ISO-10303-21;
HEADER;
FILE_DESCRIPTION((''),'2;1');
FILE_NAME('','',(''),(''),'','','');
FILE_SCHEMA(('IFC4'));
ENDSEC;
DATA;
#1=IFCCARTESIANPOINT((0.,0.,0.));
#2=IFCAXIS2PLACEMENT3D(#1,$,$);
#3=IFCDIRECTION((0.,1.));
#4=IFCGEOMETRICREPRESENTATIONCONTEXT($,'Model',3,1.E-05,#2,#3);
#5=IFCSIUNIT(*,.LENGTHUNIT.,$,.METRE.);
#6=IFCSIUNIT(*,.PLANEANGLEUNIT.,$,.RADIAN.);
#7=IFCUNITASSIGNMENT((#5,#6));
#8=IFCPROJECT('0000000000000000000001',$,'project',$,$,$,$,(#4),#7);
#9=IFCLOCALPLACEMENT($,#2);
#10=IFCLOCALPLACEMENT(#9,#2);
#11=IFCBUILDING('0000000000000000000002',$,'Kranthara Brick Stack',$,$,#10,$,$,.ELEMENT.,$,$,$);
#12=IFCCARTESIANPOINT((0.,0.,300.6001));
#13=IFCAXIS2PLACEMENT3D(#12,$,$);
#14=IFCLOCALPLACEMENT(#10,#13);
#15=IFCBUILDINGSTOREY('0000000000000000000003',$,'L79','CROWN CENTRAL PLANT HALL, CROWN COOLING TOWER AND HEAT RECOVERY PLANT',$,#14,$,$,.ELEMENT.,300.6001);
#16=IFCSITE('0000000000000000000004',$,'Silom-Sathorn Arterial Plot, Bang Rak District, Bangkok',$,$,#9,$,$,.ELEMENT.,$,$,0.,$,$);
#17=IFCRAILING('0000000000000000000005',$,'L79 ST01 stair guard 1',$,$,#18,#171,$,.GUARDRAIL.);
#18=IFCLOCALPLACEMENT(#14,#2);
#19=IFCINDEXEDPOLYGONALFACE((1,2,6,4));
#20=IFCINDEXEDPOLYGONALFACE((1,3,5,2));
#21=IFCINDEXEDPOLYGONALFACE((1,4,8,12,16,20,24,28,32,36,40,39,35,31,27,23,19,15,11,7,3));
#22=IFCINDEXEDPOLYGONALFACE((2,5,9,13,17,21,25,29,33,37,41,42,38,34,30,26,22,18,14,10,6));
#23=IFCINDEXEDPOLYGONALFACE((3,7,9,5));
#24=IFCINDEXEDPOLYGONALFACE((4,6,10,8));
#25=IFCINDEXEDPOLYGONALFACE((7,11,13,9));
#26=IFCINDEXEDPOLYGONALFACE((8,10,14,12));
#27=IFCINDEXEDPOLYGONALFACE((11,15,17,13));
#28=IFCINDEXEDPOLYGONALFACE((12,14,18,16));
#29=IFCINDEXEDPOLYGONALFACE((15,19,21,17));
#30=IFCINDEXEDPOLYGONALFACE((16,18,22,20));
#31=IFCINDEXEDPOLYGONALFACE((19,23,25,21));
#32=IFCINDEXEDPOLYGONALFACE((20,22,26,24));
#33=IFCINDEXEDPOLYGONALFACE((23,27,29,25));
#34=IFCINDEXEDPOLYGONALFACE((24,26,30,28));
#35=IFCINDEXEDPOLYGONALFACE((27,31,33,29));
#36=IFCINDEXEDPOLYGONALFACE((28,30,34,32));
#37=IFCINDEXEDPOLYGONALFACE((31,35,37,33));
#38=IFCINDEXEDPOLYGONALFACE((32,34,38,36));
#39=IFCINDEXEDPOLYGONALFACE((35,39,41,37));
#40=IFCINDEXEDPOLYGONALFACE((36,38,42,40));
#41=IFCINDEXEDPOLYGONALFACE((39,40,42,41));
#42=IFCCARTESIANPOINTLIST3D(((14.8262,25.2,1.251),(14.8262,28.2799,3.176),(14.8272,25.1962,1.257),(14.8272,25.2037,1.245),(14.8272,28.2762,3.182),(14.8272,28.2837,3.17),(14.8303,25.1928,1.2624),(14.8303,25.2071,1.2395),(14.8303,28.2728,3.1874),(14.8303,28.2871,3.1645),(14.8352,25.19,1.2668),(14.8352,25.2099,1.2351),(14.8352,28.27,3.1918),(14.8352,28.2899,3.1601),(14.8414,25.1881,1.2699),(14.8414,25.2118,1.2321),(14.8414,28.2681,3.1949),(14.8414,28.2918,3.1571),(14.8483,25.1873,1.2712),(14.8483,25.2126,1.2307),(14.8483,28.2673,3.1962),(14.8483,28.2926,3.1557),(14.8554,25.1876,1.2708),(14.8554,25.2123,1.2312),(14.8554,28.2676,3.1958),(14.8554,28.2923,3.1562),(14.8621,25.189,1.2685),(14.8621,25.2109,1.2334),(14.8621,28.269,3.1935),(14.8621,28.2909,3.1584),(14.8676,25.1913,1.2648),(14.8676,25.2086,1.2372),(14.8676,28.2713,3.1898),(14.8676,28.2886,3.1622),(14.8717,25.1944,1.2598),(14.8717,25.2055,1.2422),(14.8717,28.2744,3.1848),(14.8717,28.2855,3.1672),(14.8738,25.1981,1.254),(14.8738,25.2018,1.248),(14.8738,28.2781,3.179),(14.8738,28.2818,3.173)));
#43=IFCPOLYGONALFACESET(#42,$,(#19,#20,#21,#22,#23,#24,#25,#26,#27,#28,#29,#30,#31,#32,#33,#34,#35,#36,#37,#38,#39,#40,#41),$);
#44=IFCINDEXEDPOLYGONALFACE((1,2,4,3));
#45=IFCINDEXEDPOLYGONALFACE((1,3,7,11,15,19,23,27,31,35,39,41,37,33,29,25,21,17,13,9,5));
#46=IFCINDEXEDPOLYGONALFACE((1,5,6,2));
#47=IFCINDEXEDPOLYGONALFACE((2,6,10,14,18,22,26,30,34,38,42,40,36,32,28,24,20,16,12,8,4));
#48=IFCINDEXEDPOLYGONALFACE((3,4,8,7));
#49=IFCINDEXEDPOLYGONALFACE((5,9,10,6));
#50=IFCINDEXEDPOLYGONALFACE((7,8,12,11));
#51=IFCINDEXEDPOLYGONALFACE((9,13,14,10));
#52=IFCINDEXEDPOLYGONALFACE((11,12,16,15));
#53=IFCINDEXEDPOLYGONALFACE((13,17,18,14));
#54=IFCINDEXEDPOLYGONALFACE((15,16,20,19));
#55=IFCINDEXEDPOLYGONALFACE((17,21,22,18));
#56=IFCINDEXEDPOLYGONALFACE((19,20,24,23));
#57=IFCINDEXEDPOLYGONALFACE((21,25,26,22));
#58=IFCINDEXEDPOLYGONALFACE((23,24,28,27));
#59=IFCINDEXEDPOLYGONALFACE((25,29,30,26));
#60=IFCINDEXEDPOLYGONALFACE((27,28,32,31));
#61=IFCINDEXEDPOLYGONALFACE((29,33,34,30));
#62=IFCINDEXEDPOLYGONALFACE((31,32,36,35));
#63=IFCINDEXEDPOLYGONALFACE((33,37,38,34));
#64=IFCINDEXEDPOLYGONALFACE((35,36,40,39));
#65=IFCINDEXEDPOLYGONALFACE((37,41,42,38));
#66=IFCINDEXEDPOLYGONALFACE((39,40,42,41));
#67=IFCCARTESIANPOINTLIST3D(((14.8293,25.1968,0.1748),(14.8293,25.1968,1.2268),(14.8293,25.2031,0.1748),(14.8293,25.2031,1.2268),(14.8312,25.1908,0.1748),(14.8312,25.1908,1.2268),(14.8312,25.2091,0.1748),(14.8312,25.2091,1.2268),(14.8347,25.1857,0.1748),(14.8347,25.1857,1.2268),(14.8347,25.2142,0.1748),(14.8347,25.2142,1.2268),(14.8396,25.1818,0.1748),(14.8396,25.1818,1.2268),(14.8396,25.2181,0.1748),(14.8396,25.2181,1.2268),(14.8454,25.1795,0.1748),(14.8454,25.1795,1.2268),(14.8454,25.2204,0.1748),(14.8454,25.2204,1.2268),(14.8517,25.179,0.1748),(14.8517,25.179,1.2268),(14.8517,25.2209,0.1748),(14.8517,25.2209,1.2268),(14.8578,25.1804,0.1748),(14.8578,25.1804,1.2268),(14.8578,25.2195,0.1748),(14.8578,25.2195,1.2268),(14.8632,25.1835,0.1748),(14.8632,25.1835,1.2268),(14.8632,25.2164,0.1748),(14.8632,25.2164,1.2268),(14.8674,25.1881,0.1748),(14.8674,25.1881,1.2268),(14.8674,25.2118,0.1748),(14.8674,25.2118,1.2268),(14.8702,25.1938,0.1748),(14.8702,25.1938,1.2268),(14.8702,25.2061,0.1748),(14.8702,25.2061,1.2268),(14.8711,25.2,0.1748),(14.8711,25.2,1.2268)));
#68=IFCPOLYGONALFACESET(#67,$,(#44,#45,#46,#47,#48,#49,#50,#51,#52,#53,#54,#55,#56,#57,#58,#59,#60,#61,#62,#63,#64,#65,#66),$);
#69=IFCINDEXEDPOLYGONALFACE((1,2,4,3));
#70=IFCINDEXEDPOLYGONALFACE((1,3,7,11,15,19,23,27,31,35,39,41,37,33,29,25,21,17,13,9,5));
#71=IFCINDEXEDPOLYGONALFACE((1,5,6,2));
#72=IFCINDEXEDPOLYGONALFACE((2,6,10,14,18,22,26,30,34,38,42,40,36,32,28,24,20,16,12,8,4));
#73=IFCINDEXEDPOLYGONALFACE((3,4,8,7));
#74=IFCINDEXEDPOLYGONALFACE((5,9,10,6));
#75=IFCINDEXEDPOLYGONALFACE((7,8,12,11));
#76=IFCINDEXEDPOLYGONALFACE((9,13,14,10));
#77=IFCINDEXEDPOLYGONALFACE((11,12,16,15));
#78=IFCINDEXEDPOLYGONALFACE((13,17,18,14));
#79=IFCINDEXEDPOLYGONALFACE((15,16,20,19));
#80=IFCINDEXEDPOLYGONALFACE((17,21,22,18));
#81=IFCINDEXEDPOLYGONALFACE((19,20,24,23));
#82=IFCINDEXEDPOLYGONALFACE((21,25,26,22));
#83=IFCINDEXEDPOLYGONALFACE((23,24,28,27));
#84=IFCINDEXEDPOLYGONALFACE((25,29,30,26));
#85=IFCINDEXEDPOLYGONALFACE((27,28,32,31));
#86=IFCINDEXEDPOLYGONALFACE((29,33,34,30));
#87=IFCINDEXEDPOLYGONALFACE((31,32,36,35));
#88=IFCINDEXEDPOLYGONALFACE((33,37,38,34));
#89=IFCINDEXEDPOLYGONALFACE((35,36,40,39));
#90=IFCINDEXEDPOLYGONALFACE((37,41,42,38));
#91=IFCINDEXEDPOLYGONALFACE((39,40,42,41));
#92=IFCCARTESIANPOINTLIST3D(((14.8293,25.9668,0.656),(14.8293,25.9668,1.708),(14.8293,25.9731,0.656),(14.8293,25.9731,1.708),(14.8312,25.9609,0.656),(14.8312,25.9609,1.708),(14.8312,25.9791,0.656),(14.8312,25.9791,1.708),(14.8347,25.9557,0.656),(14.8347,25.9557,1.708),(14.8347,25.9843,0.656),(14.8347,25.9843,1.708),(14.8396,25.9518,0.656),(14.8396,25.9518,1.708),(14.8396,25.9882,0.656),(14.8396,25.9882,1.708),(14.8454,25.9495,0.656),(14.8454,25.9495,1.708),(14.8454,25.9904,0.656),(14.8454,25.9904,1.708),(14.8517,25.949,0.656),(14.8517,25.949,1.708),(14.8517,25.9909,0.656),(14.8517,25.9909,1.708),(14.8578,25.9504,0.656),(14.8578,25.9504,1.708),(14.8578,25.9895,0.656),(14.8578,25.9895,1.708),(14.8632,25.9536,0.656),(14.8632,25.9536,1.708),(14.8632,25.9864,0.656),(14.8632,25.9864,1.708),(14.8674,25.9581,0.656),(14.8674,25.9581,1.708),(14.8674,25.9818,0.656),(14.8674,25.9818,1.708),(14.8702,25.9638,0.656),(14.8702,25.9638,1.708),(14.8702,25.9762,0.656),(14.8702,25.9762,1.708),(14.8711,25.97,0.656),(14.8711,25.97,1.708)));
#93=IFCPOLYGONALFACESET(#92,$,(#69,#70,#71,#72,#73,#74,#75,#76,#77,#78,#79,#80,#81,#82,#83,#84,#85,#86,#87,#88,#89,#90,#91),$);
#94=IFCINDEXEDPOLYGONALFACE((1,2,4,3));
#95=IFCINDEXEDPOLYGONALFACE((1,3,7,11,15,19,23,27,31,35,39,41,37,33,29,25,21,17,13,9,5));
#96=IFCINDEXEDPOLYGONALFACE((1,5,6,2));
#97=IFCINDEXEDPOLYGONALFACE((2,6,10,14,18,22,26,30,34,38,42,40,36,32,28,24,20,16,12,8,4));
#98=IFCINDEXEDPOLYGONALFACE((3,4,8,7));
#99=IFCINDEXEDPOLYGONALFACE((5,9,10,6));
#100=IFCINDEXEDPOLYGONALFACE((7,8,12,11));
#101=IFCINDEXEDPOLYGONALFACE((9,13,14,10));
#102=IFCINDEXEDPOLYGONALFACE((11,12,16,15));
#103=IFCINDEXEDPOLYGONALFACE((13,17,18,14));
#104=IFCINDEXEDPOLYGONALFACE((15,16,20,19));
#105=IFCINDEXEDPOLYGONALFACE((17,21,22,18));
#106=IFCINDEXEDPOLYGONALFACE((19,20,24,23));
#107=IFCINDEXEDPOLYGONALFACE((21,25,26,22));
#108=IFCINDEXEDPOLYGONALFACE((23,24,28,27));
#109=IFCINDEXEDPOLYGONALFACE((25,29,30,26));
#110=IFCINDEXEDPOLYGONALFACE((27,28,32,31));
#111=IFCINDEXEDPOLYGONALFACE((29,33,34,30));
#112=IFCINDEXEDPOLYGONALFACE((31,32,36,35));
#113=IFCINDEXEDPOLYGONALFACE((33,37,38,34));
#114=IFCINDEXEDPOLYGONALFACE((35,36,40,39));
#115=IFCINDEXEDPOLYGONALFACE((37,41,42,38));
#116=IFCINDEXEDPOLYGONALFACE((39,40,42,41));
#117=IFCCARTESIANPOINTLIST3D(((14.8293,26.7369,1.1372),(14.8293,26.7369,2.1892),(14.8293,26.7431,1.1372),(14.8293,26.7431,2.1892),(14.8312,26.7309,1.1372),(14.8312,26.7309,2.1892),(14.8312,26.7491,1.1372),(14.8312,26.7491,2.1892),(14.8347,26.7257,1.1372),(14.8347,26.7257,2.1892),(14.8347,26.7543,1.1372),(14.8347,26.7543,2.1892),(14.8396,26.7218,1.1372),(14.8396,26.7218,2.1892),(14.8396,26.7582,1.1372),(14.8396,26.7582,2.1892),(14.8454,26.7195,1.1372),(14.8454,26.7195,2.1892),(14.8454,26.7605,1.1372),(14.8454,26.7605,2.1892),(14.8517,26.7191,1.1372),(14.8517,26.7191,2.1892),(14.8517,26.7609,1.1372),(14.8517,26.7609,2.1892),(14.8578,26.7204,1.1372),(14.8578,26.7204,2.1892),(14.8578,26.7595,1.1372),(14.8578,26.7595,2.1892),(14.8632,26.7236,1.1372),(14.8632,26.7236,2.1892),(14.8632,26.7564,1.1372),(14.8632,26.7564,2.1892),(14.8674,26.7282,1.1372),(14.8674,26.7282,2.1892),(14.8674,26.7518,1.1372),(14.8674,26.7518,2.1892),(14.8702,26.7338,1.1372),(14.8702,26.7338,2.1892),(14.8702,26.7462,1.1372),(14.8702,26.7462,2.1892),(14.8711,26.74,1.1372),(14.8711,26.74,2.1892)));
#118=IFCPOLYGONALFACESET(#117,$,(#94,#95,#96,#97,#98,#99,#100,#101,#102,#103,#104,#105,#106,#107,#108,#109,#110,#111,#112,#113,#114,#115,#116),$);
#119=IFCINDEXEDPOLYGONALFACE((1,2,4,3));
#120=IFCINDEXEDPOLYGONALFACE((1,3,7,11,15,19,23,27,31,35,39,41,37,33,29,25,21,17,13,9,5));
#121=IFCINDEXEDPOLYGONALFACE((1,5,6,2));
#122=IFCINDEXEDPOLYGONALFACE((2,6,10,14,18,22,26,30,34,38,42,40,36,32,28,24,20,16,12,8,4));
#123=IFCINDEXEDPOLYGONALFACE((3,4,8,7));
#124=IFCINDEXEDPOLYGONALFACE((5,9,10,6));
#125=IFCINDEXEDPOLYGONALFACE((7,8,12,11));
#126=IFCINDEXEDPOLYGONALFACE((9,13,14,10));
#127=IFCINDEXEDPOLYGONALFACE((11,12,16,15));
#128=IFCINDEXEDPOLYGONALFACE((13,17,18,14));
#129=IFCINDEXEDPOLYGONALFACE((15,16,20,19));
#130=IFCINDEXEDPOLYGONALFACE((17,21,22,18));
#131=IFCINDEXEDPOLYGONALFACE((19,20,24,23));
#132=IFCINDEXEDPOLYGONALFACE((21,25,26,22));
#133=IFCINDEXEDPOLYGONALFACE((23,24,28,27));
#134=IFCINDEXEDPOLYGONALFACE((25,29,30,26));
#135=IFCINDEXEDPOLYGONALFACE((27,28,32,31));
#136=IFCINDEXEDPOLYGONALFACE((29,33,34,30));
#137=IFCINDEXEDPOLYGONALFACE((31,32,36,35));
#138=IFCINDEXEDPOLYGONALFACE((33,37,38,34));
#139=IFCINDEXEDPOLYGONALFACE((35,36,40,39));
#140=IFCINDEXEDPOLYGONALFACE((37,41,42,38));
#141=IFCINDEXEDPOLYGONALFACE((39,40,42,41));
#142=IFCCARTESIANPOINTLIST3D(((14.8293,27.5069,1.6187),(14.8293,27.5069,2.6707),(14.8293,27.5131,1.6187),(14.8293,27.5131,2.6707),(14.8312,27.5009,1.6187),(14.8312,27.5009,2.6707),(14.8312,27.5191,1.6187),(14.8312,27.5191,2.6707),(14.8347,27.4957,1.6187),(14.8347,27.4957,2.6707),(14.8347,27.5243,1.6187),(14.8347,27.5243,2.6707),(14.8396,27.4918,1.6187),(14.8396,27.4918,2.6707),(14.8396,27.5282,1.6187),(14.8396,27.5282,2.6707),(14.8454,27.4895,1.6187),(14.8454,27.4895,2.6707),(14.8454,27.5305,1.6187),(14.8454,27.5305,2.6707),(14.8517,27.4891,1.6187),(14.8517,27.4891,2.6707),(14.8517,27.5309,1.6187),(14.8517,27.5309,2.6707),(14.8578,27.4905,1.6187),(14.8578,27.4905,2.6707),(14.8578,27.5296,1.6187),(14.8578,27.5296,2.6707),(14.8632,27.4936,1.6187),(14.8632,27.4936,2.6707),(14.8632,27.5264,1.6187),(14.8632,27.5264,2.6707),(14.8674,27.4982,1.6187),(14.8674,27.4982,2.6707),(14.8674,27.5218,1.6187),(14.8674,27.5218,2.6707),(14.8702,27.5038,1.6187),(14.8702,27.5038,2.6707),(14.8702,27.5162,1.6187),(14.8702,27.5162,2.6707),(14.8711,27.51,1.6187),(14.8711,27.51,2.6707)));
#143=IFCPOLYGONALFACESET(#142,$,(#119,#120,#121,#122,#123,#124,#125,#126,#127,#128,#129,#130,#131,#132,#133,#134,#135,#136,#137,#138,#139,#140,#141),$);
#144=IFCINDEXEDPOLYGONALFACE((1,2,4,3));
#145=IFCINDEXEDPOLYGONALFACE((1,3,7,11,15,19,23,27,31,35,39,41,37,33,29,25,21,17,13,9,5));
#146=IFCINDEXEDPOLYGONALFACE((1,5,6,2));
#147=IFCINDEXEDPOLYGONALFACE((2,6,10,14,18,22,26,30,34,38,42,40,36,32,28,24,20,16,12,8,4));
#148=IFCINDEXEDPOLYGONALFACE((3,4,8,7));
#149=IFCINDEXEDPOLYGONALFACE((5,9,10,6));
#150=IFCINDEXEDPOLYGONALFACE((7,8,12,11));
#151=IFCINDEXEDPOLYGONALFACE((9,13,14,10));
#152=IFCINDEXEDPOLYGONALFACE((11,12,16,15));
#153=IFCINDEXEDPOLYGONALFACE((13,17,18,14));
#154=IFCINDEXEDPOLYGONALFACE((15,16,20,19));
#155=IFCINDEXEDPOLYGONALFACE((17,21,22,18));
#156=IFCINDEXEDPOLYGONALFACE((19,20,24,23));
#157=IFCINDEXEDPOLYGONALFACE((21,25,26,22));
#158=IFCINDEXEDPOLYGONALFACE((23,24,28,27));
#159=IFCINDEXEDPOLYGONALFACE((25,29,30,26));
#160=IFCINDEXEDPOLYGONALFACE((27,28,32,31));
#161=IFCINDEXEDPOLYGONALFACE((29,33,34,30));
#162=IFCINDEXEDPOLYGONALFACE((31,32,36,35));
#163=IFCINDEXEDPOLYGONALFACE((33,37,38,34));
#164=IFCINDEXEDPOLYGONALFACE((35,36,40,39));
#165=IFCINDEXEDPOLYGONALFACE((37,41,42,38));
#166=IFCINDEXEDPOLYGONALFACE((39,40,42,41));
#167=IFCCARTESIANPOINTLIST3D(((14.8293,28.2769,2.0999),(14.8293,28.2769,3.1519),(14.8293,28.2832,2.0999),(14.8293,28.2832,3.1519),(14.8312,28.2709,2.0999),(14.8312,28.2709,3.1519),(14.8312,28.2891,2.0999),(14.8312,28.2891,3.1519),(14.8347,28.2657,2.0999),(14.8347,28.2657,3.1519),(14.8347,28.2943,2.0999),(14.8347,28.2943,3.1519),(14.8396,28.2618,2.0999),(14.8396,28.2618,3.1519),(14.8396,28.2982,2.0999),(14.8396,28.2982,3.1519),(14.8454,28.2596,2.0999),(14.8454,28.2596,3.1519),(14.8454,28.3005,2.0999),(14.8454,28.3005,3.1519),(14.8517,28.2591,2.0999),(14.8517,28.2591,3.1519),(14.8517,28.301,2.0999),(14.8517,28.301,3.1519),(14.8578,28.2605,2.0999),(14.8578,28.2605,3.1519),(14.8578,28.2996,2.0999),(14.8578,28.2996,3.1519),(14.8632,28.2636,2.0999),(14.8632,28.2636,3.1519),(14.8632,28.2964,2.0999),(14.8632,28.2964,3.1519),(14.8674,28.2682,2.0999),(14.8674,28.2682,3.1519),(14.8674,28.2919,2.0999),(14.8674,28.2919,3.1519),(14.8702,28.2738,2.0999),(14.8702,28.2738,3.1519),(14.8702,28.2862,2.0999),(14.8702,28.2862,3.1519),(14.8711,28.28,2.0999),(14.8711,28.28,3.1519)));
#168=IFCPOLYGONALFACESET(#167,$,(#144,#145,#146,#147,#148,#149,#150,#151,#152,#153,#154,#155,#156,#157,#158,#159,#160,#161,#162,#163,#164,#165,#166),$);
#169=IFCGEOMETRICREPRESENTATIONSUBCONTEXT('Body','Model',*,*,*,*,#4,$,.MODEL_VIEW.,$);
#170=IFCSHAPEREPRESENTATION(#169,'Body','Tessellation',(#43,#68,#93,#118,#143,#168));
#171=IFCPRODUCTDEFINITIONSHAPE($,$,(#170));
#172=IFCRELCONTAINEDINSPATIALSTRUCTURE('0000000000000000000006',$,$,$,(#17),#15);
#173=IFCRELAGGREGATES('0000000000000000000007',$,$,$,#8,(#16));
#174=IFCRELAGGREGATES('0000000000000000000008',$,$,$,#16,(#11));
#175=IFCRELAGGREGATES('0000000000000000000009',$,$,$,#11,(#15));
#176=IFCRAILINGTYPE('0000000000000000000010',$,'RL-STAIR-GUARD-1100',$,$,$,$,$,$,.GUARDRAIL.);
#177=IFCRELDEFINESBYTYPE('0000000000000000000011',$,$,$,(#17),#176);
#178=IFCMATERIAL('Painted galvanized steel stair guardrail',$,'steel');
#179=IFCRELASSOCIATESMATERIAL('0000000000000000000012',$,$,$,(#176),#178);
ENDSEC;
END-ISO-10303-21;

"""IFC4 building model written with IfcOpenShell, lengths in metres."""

from ifc_helpers import new_model, si_unit, direction, frame, origin, origin_2d, place, context, subcontext, project, spatial, circle, extrude, material, type_object, element, save


model = new_model("IFC4")

# Units and contexts
model_context = context("Model", 3, precision=1e-05, world=origin(), true_north=direction((0.0, 1.0)))
body_context = subcontext(model_context, "Body", "Model", "MODEL_VIEW")
ifc_project = project(units=[si_unit("LENGTHUNIT", "METRE"), si_unit("PLANEANGLEUNIT", "RADIAN")], contexts=[model_context])

# Site, building, storey
site_placement = place(None, origin())
site = spatial("IfcSite", under=ifc_project, at=site_placement, Name="Silom-Sathorn Arterial Plot, Bang Rak District, Bangkok", CompositionType="ELEMENT", RefElevation=0.0)
building_placement = place(site_placement, origin())
building = spatial("IfcBuilding", under=site, at=building_placement, Name="Kranthara Brick Stack", CompositionType="ELEMENT")
storey_placement = place(building_placement, frame((0.0, 0.0, 300.6001)))
storey = spatial("IfcBuildingStorey", under=building, at=storey_placement, Name="L79", Description="CROWN CENTRAL PLANT HALL, CROWN COOLING TOWER AND HEAT RECOVERY PLANT", CompositionType="ELEMENT", Elevation=300.6001)

# Railing
ifc_material_1 = material(Name="Painted galvanized steel stair guardrail", Category="steel")
railing_type_1 = type_object("IfcRailingType", Name="RL-STAIR-GUARD-1100", PredefinedType="GUARDRAIL", material=ifc_material_1)
railing_1_placement = place(storey_placement, frame((14.8501, 25.2, 0.1748)))
element("IfcRailing", 1, at=railing_1_placement, inside=storey, type_object=railing_type_1, Name="L79 ST01 stair guard 1", PredefinedType="GUARDRAIL", context=body_context, shape_type="SweptSolid", body=[
    extrude(circle(Radius=0.0239, at=origin_2d()), frame((0.0, 0.0, 1.0762), z_axis=(0.0, 0.847998, 0.529999), x_axis=(-1.0, 0.0, 0.0)), (0.0, 0.0, 1.0), 3.6321),
    extrude(circle(Radius=0.021, at=origin_2d()), origin(), (0.0, 0.0, 1.0), 1.052),
    extrude(circle(Radius=0.021, at=origin_2d()), frame((0.0, 0.77, 0.4812)), (0.0, 0.0, 1.0), 1.052),
    extrude(circle(Radius=0.021, at=origin_2d()), frame((0.0, 1.54, 0.9624)), (0.0, 0.0, 1.0), 1.052),
    extrude(circle(Radius=0.021, at=origin_2d()), frame((0.0, 2.3101, 1.4438)), (0.0, 0.0, 1.0), 1.052),
    extrude(circle(Radius=0.021, at=origin_2d()), frame((0.0, 3.0801, 1.925)), (0.0, 0.0, 1.0), 1.052),
])

save(model, "model.ifc")
